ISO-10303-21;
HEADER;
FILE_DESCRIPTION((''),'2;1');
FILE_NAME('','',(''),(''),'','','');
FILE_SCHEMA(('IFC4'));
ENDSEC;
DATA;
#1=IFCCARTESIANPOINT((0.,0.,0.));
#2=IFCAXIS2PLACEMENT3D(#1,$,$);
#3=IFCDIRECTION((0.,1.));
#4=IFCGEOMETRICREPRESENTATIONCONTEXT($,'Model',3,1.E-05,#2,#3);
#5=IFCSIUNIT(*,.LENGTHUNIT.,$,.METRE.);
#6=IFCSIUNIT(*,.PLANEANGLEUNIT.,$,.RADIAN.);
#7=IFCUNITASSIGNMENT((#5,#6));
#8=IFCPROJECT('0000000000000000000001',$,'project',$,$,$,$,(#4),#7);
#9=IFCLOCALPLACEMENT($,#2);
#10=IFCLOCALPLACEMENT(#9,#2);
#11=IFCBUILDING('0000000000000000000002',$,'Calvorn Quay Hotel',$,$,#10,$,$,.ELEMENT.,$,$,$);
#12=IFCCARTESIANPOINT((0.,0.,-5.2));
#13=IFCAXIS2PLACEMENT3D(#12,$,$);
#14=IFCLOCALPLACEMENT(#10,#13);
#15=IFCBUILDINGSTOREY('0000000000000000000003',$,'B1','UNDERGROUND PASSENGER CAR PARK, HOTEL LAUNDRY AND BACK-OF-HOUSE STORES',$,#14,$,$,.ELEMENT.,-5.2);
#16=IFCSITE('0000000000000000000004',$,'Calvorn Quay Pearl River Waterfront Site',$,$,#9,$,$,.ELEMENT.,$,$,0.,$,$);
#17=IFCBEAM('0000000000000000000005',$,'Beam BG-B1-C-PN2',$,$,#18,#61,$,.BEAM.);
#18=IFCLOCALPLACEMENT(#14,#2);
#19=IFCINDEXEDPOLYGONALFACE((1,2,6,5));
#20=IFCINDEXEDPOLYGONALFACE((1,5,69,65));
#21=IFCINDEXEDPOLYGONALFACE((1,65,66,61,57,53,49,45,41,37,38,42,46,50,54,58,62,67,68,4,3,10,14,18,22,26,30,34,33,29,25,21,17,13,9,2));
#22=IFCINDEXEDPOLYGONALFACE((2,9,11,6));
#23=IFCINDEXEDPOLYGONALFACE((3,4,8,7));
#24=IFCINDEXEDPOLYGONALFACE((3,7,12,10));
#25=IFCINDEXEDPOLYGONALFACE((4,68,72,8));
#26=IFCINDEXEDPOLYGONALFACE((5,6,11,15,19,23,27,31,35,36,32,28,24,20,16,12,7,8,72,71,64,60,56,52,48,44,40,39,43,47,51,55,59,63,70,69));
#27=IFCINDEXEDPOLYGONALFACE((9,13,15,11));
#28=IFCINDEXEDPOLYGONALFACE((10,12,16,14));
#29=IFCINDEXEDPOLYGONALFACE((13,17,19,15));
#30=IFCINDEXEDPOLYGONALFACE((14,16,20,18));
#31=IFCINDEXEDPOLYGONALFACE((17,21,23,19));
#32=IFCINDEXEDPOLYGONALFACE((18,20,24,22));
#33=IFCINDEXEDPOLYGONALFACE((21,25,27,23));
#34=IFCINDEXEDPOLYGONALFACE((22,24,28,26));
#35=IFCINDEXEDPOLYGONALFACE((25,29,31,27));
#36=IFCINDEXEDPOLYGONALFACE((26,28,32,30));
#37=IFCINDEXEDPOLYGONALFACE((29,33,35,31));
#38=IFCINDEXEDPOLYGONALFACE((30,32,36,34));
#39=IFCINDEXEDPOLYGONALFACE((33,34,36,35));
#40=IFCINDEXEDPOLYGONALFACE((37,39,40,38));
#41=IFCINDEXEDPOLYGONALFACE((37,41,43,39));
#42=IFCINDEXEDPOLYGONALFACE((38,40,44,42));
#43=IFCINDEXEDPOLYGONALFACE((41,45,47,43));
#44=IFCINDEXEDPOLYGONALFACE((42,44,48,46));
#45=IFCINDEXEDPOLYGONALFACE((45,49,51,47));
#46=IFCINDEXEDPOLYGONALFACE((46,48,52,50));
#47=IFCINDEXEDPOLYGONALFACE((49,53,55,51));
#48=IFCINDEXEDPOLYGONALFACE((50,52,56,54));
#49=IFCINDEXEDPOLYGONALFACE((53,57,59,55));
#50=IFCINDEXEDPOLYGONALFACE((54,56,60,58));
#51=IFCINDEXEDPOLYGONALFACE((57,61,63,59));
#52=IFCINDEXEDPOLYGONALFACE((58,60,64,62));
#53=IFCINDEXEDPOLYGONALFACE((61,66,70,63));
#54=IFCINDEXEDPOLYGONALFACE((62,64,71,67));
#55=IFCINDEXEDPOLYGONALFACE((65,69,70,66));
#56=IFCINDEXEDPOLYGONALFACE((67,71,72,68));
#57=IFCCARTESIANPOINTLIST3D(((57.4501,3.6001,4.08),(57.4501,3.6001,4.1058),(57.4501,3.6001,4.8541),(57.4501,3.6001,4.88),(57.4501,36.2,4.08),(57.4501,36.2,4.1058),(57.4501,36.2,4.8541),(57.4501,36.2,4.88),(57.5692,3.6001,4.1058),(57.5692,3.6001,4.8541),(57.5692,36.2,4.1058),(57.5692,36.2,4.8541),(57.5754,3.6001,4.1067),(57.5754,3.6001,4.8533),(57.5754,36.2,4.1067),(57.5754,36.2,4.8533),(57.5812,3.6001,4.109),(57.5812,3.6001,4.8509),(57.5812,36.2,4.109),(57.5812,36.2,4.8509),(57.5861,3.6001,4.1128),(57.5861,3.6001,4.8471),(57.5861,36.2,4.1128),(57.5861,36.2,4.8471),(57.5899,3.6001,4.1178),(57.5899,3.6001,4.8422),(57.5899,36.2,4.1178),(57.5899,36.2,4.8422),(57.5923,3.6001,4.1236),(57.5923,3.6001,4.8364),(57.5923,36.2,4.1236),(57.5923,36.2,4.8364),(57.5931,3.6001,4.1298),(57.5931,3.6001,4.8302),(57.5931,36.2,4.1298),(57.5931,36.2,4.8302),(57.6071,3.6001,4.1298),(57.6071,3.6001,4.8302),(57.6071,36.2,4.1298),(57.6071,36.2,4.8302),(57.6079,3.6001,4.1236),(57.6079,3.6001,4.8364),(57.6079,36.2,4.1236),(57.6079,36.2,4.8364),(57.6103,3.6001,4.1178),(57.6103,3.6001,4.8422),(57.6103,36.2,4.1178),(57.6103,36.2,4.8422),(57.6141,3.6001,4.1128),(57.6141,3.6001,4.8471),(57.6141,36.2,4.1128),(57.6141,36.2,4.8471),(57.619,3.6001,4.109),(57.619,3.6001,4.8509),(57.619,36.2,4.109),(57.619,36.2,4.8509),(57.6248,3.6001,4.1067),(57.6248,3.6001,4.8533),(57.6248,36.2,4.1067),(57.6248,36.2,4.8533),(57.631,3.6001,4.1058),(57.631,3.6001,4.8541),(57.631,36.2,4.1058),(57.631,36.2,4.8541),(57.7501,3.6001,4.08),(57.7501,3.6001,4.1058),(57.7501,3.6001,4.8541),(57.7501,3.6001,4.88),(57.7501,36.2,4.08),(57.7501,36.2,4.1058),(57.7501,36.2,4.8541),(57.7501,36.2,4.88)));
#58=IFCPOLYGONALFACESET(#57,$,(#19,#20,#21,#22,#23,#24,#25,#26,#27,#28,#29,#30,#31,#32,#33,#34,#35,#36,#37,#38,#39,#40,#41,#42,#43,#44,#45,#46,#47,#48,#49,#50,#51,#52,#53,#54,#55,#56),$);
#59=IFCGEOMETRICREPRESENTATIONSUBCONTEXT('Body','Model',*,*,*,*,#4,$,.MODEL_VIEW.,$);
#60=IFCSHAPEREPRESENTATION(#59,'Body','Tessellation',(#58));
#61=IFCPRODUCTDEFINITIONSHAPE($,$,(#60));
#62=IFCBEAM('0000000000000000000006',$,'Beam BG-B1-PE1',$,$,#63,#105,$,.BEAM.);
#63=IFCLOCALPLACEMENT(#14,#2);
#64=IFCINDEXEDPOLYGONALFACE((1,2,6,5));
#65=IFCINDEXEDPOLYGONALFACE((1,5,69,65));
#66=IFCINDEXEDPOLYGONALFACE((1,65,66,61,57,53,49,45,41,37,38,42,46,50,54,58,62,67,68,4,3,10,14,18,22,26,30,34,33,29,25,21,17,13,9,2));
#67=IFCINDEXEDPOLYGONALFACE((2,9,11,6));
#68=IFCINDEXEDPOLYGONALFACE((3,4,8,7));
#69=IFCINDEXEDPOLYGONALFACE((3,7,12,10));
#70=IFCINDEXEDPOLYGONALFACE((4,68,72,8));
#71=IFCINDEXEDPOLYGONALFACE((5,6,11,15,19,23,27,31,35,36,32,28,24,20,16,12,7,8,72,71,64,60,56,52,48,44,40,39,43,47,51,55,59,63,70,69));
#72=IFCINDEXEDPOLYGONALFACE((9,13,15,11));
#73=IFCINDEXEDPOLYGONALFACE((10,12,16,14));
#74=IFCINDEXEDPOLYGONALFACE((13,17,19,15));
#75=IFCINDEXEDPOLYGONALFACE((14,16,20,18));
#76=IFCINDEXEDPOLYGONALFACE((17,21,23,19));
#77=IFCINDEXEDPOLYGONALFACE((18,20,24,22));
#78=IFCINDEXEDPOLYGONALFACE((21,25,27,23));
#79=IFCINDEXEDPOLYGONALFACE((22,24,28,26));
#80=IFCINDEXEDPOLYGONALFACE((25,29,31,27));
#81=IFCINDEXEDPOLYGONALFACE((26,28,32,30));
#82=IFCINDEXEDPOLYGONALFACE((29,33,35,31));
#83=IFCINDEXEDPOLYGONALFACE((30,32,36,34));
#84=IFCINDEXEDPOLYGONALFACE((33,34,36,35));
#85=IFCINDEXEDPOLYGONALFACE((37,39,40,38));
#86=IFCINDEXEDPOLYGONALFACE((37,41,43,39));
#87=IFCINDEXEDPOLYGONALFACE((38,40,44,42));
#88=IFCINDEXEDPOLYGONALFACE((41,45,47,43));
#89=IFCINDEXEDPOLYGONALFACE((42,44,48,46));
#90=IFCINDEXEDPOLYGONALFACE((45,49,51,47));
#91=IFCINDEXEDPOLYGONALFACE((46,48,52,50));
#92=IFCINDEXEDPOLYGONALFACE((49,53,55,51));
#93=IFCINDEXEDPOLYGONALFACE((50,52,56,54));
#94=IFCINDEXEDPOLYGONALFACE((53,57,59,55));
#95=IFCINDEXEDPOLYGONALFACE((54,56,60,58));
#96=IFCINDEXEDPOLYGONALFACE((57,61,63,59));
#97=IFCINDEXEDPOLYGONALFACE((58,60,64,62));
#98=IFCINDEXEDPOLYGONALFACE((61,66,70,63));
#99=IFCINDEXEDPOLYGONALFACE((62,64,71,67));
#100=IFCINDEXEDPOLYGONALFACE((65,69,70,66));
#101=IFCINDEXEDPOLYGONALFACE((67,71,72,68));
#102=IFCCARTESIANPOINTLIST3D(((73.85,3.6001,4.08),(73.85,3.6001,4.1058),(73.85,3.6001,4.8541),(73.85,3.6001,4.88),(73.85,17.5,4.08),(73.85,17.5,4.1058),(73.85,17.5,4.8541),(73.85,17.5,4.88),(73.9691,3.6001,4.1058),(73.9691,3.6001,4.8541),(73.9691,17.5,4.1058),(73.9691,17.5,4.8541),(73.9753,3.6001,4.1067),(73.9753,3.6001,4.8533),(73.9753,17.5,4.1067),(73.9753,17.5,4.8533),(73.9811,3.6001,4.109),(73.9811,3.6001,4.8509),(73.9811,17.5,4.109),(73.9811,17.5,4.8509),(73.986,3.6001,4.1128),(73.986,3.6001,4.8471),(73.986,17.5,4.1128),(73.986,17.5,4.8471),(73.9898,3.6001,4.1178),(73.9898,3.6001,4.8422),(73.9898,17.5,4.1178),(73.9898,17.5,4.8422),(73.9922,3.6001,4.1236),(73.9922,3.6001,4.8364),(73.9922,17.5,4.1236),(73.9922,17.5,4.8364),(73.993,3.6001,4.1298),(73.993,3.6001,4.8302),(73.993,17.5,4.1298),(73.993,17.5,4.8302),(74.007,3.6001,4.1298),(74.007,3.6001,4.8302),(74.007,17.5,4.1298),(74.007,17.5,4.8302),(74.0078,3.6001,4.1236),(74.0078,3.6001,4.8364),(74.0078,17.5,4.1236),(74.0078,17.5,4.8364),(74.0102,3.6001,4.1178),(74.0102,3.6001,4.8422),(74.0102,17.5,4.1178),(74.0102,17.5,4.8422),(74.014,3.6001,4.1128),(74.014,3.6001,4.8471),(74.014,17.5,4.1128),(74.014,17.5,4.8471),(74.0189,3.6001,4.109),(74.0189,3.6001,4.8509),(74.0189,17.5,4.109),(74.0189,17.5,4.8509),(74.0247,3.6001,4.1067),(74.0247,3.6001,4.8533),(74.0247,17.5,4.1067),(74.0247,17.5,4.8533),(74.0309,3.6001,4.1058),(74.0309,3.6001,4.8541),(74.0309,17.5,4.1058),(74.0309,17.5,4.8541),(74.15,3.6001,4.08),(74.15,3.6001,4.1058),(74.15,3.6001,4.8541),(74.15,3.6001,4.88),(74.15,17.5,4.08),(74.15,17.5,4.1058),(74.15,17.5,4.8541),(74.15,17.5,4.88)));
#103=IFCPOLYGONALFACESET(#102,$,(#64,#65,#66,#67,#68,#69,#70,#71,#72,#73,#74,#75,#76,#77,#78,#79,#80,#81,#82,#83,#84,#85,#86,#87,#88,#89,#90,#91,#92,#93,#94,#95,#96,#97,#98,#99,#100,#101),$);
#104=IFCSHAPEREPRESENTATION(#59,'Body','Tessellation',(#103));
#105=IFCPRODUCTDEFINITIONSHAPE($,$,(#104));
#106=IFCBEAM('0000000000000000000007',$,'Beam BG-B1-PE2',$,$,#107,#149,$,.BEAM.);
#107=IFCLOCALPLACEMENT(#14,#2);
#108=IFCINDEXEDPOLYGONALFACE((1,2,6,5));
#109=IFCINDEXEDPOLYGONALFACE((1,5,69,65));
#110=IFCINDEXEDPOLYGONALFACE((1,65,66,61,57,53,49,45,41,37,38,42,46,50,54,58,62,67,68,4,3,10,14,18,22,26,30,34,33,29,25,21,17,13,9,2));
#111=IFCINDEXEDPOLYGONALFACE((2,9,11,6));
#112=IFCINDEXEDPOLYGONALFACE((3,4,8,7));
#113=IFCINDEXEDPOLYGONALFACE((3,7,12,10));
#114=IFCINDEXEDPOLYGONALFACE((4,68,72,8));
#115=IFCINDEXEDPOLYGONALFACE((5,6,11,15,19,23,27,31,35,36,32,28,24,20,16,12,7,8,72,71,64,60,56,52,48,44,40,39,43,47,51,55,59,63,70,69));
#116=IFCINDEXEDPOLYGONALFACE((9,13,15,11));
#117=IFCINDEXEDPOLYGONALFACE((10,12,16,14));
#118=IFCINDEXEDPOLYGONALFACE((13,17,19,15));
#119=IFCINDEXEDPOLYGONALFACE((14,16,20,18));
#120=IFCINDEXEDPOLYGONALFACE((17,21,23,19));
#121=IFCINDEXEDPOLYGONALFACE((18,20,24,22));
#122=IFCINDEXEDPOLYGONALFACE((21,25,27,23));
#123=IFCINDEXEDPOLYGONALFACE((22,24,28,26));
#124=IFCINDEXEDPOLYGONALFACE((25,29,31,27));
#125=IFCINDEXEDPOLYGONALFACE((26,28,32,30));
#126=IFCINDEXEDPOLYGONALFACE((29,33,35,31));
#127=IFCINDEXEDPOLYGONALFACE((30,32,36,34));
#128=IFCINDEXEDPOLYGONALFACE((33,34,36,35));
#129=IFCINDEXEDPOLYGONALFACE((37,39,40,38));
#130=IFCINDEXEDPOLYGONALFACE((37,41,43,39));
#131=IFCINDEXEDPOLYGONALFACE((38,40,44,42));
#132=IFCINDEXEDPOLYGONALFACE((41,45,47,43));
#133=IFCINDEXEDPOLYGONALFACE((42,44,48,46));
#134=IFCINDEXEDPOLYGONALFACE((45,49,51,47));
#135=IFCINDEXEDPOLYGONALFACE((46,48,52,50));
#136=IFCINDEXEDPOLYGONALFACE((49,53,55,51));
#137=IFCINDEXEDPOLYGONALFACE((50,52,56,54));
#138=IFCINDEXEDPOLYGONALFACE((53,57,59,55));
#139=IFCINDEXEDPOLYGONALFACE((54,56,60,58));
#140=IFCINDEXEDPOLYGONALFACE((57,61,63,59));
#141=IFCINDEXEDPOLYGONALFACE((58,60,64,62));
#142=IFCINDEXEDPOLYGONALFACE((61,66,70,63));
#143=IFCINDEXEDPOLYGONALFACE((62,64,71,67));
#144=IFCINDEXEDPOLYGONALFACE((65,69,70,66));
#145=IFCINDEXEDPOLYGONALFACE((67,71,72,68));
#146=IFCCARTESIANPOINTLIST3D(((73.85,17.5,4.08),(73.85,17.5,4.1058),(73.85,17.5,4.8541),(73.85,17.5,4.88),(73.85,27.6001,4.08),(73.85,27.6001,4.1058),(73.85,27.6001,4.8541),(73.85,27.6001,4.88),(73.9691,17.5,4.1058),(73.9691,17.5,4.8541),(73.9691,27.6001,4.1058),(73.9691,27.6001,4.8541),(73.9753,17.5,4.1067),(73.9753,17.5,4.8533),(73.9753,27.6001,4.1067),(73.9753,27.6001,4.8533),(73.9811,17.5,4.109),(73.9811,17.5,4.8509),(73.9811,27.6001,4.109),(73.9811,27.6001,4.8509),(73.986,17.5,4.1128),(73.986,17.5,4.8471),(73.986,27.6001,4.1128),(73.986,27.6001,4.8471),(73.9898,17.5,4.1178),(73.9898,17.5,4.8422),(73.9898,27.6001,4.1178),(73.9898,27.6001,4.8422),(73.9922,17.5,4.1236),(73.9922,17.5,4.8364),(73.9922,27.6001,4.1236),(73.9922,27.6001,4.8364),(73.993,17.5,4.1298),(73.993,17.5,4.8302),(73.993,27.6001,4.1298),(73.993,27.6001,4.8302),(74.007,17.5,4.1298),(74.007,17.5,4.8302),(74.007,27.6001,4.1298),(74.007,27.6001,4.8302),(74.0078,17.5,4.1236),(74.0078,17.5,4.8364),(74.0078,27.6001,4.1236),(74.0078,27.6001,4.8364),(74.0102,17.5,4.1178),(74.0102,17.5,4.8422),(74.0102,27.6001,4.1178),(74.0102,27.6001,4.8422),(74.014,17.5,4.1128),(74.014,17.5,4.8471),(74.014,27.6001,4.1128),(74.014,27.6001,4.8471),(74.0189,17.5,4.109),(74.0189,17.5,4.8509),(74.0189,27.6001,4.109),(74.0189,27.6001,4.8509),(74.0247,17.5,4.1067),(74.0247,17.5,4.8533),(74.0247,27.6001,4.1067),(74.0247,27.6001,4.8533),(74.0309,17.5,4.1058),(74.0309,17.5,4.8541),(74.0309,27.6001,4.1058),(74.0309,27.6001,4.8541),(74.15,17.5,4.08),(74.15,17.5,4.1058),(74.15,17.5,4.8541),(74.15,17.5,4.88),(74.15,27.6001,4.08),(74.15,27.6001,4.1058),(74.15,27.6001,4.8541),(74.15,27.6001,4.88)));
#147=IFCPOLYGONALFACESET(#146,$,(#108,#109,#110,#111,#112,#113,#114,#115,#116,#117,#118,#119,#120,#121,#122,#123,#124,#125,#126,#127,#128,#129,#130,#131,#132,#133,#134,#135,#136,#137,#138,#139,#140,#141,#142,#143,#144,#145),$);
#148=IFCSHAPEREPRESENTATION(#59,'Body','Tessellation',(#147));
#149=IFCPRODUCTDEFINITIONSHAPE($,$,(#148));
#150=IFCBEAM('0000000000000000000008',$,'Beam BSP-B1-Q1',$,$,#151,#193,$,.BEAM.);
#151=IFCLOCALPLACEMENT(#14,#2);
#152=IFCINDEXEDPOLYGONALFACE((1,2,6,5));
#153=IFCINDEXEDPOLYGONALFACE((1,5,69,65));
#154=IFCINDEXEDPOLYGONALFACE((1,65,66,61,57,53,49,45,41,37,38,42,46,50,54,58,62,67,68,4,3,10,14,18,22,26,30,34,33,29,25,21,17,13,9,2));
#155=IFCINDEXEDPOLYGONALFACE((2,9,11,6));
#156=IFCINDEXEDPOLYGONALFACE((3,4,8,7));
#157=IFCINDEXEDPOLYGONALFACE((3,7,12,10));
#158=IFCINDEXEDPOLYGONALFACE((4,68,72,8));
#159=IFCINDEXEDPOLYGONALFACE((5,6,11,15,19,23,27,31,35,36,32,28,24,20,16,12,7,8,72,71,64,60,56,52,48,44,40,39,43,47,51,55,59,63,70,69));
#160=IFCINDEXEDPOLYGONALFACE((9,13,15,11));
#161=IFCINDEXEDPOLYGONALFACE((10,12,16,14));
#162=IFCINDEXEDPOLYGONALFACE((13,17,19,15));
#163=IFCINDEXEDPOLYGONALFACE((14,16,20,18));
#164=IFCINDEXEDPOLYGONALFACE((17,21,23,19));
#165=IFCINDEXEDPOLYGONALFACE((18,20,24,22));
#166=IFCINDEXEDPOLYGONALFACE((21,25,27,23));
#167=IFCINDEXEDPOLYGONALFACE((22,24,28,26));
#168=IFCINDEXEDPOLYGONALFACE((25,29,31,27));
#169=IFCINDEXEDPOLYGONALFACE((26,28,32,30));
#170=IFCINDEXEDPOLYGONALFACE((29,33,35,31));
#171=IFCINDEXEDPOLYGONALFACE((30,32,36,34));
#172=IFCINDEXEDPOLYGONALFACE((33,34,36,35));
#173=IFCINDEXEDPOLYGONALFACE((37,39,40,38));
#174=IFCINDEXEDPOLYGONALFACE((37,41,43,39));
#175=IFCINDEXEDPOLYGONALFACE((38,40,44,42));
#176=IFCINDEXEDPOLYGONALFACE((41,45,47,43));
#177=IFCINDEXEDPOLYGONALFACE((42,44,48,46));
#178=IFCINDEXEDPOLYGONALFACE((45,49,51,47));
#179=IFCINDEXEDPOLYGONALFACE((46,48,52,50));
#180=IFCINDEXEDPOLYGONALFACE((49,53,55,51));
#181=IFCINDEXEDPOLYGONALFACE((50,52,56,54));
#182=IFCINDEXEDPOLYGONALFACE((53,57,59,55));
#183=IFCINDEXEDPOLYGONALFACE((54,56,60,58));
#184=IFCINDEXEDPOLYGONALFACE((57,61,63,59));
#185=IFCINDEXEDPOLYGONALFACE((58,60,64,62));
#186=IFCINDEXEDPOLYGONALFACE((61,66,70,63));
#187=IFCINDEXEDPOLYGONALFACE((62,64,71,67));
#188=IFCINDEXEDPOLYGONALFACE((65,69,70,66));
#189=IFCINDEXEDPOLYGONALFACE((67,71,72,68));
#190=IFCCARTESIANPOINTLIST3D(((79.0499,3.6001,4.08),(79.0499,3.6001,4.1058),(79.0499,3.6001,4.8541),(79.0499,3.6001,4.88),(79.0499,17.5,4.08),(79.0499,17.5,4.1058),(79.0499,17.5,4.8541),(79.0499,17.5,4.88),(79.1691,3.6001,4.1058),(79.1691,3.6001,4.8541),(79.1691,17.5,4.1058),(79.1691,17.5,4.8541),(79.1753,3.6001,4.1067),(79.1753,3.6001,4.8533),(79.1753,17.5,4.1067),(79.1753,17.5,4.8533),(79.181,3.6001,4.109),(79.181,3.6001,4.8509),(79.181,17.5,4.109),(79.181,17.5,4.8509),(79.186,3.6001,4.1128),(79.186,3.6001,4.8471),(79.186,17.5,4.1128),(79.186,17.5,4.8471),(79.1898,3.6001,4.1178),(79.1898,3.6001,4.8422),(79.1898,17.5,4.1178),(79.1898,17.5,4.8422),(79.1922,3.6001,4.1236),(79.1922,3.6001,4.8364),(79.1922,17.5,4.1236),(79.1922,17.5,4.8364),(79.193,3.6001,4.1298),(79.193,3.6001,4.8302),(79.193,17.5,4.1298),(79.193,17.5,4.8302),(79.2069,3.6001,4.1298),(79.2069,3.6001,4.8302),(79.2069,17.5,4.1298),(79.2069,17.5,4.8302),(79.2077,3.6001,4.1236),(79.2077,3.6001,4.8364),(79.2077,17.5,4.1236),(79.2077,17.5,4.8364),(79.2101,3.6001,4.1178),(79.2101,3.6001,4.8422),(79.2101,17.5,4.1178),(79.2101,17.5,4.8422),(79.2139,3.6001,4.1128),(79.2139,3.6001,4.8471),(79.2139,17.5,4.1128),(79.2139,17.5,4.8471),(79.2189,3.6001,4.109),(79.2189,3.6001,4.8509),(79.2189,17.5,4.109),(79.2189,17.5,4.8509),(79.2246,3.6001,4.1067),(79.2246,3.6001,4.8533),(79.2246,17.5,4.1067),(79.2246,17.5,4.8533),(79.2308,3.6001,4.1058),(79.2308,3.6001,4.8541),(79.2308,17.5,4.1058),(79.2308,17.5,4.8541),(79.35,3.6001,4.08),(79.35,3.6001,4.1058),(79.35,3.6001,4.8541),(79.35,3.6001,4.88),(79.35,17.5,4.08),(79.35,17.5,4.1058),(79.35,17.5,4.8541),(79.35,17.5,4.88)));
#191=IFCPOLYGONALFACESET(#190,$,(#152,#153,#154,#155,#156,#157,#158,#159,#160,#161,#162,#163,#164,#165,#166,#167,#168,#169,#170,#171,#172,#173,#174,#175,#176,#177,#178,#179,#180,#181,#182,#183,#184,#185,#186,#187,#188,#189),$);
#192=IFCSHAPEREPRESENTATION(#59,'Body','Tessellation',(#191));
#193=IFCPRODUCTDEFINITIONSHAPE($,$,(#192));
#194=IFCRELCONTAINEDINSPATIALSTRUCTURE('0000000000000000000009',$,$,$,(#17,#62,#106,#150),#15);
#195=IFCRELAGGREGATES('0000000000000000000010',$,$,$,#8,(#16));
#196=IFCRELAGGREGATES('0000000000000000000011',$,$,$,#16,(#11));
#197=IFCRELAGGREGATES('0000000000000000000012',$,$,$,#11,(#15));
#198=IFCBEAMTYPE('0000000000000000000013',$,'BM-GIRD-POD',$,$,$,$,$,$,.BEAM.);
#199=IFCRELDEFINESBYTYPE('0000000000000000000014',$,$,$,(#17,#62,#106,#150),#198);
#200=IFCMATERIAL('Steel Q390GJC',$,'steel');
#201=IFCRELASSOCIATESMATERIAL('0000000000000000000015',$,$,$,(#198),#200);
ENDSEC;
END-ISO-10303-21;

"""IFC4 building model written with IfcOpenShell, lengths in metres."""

from ifc_helpers import new_model, si_unit, direction, frame, origin, origin_2d, place, context, subcontext, project, spatial, i_section, extrude, material, material_profile, profile_set, type_object, element, save


model = new_model("IFC4")

# Units and contexts
model_context = context("Model", 3, precision=1e-05, world=origin(), true_north=direction((0.0, 1.0)))
body_context = subcontext(model_context, "Body", "Model", "MODEL_VIEW")
ifc_project = project(units=[si_unit("LENGTHUNIT", "METRE"), si_unit("PLANEANGLEUNIT", "RADIAN")], contexts=[model_context])

# Site, building, storey
site_placement = place(None, origin())
site = spatial("IfcSite", under=ifc_project, at=site_placement, Name="Calvorn Quay Pearl River Waterfront Site", CompositionType="ELEMENT", RefElevation=0.0)
building_placement = place(site_placement, origin())
building = spatial("IfcBuilding", under=site, at=building_placement, Name="Calvorn Quay Hotel", CompositionType="ELEMENT")
storey_placement = place(building_placement, frame((0.0, 0.0, -5.2)))
storey = spatial("IfcBuildingStorey", under=building, at=storey_placement, Name="B1", Description="UNDERGROUND PASSENGER CAR PARK, HOTEL LAUNDRY AND BACK-OF-HOUSE STORES", CompositionType="ELEMENT", Elevation=-5.2)

# Beams
ifc_material_1 = material(Name="Steel Q390GJC", Category="steel")
ifc_material_profile_1 = material_profile(ifc_material_1, i_section(OverallWidth=0.3, OverallDepth=0.8, WebThickness=0.0139, FlangeThickness=0.0259, FilletRadius=0.0239, at=origin_2d()), Name="HN800x300x14x26")
ifc_profile_set_1 = profile_set([ifc_material_profile_1], Name="Steel Q390GJC")
beam_type_1 = type_object("IfcBeamType", Name="BM-GIRD-POD", PredefinedType="BEAM", material=ifc_profile_set_1)
beam_1_placement = place(storey_placement, frame((57.6001, 3.6001, 4.48), z_axis=(0.0, 1.0, 0.0), x_axis=(-1.0, 0.0, 0.0)))
element("IfcBeam", 1, at=beam_1_placement, inside=storey, type_object=beam_type_1, Name="Beam BG-B1-C-PN2", PredefinedType="BEAM", context=body_context, shape_type="SweptSolid", body=[
    extrude(i_section(OverallWidth=0.3, OverallDepth=0.8, WebThickness=0.0139, FlangeThickness=0.0259, FilletRadius=0.0239, at=origin_2d()), origin(), (0.0, 0.0, 1.0), 32.5999),
])
beam_2_placement = place(storey_placement, frame((74.0, 3.6001, 4.48), z_axis=(0.0, 1.0, 0.0), x_axis=(-1.0, 0.0, 0.0)))
element("IfcBeam", 2, at=beam_2_placement, inside=storey, type_object=beam_type_1, Name="Beam BG-B1-PE1", PredefinedType="BEAM", context=body_context, shape_type="SweptSolid", body=[
    extrude(i_section(OverallWidth=0.3, OverallDepth=0.8, WebThickness=0.0139, FlangeThickness=0.0259, FilletRadius=0.0239, at=origin_2d()), origin(), (0.0, 0.0, 1.0), 13.8999),
])
beam_3_placement = place(storey_placement, frame((74.0, 17.5, 4.48), z_axis=(0.0, 1.0, 0.0), x_axis=(-1.0, 0.0, 0.0)))
element("IfcBeam", 3, at=beam_3_placement, inside=storey, type_object=beam_type_1, Name="Beam BG-B1-PE2", PredefinedType="BEAM", context=body_context, shape_type="SweptSolid", body=[
    extrude(i_section(OverallWidth=0.3, OverallDepth=0.8, WebThickness=0.0139, FlangeThickness=0.0259, FilletRadius=0.0239, at=origin_2d()), origin(), (0.0, 0.0, 1.0), 10.1001),
])
beam_4_placement = place(storey_placement, frame((79.2, 3.6001, 4.48), z_axis=(0.0, 1.0, 0.0), x_axis=(-1.0, 0.0, 0.0)))
element("IfcBeam", 4, at=beam_4_placement, inside=storey, type_object=beam_type_1, Name="Beam BSP-B1-Q1", PredefinedType="BEAM", context=body_context, shape_type="SweptSolid", body=[
    extrude(i_section(OverallWidth=0.3, OverallDepth=0.8, WebThickness=0.0139, FlangeThickness=0.0259, FilletRadius=0.0239, at=origin_2d()), origin(), (0.0, 0.0, 1.0), 13.8999),
])

save(model, "model.ifc")
